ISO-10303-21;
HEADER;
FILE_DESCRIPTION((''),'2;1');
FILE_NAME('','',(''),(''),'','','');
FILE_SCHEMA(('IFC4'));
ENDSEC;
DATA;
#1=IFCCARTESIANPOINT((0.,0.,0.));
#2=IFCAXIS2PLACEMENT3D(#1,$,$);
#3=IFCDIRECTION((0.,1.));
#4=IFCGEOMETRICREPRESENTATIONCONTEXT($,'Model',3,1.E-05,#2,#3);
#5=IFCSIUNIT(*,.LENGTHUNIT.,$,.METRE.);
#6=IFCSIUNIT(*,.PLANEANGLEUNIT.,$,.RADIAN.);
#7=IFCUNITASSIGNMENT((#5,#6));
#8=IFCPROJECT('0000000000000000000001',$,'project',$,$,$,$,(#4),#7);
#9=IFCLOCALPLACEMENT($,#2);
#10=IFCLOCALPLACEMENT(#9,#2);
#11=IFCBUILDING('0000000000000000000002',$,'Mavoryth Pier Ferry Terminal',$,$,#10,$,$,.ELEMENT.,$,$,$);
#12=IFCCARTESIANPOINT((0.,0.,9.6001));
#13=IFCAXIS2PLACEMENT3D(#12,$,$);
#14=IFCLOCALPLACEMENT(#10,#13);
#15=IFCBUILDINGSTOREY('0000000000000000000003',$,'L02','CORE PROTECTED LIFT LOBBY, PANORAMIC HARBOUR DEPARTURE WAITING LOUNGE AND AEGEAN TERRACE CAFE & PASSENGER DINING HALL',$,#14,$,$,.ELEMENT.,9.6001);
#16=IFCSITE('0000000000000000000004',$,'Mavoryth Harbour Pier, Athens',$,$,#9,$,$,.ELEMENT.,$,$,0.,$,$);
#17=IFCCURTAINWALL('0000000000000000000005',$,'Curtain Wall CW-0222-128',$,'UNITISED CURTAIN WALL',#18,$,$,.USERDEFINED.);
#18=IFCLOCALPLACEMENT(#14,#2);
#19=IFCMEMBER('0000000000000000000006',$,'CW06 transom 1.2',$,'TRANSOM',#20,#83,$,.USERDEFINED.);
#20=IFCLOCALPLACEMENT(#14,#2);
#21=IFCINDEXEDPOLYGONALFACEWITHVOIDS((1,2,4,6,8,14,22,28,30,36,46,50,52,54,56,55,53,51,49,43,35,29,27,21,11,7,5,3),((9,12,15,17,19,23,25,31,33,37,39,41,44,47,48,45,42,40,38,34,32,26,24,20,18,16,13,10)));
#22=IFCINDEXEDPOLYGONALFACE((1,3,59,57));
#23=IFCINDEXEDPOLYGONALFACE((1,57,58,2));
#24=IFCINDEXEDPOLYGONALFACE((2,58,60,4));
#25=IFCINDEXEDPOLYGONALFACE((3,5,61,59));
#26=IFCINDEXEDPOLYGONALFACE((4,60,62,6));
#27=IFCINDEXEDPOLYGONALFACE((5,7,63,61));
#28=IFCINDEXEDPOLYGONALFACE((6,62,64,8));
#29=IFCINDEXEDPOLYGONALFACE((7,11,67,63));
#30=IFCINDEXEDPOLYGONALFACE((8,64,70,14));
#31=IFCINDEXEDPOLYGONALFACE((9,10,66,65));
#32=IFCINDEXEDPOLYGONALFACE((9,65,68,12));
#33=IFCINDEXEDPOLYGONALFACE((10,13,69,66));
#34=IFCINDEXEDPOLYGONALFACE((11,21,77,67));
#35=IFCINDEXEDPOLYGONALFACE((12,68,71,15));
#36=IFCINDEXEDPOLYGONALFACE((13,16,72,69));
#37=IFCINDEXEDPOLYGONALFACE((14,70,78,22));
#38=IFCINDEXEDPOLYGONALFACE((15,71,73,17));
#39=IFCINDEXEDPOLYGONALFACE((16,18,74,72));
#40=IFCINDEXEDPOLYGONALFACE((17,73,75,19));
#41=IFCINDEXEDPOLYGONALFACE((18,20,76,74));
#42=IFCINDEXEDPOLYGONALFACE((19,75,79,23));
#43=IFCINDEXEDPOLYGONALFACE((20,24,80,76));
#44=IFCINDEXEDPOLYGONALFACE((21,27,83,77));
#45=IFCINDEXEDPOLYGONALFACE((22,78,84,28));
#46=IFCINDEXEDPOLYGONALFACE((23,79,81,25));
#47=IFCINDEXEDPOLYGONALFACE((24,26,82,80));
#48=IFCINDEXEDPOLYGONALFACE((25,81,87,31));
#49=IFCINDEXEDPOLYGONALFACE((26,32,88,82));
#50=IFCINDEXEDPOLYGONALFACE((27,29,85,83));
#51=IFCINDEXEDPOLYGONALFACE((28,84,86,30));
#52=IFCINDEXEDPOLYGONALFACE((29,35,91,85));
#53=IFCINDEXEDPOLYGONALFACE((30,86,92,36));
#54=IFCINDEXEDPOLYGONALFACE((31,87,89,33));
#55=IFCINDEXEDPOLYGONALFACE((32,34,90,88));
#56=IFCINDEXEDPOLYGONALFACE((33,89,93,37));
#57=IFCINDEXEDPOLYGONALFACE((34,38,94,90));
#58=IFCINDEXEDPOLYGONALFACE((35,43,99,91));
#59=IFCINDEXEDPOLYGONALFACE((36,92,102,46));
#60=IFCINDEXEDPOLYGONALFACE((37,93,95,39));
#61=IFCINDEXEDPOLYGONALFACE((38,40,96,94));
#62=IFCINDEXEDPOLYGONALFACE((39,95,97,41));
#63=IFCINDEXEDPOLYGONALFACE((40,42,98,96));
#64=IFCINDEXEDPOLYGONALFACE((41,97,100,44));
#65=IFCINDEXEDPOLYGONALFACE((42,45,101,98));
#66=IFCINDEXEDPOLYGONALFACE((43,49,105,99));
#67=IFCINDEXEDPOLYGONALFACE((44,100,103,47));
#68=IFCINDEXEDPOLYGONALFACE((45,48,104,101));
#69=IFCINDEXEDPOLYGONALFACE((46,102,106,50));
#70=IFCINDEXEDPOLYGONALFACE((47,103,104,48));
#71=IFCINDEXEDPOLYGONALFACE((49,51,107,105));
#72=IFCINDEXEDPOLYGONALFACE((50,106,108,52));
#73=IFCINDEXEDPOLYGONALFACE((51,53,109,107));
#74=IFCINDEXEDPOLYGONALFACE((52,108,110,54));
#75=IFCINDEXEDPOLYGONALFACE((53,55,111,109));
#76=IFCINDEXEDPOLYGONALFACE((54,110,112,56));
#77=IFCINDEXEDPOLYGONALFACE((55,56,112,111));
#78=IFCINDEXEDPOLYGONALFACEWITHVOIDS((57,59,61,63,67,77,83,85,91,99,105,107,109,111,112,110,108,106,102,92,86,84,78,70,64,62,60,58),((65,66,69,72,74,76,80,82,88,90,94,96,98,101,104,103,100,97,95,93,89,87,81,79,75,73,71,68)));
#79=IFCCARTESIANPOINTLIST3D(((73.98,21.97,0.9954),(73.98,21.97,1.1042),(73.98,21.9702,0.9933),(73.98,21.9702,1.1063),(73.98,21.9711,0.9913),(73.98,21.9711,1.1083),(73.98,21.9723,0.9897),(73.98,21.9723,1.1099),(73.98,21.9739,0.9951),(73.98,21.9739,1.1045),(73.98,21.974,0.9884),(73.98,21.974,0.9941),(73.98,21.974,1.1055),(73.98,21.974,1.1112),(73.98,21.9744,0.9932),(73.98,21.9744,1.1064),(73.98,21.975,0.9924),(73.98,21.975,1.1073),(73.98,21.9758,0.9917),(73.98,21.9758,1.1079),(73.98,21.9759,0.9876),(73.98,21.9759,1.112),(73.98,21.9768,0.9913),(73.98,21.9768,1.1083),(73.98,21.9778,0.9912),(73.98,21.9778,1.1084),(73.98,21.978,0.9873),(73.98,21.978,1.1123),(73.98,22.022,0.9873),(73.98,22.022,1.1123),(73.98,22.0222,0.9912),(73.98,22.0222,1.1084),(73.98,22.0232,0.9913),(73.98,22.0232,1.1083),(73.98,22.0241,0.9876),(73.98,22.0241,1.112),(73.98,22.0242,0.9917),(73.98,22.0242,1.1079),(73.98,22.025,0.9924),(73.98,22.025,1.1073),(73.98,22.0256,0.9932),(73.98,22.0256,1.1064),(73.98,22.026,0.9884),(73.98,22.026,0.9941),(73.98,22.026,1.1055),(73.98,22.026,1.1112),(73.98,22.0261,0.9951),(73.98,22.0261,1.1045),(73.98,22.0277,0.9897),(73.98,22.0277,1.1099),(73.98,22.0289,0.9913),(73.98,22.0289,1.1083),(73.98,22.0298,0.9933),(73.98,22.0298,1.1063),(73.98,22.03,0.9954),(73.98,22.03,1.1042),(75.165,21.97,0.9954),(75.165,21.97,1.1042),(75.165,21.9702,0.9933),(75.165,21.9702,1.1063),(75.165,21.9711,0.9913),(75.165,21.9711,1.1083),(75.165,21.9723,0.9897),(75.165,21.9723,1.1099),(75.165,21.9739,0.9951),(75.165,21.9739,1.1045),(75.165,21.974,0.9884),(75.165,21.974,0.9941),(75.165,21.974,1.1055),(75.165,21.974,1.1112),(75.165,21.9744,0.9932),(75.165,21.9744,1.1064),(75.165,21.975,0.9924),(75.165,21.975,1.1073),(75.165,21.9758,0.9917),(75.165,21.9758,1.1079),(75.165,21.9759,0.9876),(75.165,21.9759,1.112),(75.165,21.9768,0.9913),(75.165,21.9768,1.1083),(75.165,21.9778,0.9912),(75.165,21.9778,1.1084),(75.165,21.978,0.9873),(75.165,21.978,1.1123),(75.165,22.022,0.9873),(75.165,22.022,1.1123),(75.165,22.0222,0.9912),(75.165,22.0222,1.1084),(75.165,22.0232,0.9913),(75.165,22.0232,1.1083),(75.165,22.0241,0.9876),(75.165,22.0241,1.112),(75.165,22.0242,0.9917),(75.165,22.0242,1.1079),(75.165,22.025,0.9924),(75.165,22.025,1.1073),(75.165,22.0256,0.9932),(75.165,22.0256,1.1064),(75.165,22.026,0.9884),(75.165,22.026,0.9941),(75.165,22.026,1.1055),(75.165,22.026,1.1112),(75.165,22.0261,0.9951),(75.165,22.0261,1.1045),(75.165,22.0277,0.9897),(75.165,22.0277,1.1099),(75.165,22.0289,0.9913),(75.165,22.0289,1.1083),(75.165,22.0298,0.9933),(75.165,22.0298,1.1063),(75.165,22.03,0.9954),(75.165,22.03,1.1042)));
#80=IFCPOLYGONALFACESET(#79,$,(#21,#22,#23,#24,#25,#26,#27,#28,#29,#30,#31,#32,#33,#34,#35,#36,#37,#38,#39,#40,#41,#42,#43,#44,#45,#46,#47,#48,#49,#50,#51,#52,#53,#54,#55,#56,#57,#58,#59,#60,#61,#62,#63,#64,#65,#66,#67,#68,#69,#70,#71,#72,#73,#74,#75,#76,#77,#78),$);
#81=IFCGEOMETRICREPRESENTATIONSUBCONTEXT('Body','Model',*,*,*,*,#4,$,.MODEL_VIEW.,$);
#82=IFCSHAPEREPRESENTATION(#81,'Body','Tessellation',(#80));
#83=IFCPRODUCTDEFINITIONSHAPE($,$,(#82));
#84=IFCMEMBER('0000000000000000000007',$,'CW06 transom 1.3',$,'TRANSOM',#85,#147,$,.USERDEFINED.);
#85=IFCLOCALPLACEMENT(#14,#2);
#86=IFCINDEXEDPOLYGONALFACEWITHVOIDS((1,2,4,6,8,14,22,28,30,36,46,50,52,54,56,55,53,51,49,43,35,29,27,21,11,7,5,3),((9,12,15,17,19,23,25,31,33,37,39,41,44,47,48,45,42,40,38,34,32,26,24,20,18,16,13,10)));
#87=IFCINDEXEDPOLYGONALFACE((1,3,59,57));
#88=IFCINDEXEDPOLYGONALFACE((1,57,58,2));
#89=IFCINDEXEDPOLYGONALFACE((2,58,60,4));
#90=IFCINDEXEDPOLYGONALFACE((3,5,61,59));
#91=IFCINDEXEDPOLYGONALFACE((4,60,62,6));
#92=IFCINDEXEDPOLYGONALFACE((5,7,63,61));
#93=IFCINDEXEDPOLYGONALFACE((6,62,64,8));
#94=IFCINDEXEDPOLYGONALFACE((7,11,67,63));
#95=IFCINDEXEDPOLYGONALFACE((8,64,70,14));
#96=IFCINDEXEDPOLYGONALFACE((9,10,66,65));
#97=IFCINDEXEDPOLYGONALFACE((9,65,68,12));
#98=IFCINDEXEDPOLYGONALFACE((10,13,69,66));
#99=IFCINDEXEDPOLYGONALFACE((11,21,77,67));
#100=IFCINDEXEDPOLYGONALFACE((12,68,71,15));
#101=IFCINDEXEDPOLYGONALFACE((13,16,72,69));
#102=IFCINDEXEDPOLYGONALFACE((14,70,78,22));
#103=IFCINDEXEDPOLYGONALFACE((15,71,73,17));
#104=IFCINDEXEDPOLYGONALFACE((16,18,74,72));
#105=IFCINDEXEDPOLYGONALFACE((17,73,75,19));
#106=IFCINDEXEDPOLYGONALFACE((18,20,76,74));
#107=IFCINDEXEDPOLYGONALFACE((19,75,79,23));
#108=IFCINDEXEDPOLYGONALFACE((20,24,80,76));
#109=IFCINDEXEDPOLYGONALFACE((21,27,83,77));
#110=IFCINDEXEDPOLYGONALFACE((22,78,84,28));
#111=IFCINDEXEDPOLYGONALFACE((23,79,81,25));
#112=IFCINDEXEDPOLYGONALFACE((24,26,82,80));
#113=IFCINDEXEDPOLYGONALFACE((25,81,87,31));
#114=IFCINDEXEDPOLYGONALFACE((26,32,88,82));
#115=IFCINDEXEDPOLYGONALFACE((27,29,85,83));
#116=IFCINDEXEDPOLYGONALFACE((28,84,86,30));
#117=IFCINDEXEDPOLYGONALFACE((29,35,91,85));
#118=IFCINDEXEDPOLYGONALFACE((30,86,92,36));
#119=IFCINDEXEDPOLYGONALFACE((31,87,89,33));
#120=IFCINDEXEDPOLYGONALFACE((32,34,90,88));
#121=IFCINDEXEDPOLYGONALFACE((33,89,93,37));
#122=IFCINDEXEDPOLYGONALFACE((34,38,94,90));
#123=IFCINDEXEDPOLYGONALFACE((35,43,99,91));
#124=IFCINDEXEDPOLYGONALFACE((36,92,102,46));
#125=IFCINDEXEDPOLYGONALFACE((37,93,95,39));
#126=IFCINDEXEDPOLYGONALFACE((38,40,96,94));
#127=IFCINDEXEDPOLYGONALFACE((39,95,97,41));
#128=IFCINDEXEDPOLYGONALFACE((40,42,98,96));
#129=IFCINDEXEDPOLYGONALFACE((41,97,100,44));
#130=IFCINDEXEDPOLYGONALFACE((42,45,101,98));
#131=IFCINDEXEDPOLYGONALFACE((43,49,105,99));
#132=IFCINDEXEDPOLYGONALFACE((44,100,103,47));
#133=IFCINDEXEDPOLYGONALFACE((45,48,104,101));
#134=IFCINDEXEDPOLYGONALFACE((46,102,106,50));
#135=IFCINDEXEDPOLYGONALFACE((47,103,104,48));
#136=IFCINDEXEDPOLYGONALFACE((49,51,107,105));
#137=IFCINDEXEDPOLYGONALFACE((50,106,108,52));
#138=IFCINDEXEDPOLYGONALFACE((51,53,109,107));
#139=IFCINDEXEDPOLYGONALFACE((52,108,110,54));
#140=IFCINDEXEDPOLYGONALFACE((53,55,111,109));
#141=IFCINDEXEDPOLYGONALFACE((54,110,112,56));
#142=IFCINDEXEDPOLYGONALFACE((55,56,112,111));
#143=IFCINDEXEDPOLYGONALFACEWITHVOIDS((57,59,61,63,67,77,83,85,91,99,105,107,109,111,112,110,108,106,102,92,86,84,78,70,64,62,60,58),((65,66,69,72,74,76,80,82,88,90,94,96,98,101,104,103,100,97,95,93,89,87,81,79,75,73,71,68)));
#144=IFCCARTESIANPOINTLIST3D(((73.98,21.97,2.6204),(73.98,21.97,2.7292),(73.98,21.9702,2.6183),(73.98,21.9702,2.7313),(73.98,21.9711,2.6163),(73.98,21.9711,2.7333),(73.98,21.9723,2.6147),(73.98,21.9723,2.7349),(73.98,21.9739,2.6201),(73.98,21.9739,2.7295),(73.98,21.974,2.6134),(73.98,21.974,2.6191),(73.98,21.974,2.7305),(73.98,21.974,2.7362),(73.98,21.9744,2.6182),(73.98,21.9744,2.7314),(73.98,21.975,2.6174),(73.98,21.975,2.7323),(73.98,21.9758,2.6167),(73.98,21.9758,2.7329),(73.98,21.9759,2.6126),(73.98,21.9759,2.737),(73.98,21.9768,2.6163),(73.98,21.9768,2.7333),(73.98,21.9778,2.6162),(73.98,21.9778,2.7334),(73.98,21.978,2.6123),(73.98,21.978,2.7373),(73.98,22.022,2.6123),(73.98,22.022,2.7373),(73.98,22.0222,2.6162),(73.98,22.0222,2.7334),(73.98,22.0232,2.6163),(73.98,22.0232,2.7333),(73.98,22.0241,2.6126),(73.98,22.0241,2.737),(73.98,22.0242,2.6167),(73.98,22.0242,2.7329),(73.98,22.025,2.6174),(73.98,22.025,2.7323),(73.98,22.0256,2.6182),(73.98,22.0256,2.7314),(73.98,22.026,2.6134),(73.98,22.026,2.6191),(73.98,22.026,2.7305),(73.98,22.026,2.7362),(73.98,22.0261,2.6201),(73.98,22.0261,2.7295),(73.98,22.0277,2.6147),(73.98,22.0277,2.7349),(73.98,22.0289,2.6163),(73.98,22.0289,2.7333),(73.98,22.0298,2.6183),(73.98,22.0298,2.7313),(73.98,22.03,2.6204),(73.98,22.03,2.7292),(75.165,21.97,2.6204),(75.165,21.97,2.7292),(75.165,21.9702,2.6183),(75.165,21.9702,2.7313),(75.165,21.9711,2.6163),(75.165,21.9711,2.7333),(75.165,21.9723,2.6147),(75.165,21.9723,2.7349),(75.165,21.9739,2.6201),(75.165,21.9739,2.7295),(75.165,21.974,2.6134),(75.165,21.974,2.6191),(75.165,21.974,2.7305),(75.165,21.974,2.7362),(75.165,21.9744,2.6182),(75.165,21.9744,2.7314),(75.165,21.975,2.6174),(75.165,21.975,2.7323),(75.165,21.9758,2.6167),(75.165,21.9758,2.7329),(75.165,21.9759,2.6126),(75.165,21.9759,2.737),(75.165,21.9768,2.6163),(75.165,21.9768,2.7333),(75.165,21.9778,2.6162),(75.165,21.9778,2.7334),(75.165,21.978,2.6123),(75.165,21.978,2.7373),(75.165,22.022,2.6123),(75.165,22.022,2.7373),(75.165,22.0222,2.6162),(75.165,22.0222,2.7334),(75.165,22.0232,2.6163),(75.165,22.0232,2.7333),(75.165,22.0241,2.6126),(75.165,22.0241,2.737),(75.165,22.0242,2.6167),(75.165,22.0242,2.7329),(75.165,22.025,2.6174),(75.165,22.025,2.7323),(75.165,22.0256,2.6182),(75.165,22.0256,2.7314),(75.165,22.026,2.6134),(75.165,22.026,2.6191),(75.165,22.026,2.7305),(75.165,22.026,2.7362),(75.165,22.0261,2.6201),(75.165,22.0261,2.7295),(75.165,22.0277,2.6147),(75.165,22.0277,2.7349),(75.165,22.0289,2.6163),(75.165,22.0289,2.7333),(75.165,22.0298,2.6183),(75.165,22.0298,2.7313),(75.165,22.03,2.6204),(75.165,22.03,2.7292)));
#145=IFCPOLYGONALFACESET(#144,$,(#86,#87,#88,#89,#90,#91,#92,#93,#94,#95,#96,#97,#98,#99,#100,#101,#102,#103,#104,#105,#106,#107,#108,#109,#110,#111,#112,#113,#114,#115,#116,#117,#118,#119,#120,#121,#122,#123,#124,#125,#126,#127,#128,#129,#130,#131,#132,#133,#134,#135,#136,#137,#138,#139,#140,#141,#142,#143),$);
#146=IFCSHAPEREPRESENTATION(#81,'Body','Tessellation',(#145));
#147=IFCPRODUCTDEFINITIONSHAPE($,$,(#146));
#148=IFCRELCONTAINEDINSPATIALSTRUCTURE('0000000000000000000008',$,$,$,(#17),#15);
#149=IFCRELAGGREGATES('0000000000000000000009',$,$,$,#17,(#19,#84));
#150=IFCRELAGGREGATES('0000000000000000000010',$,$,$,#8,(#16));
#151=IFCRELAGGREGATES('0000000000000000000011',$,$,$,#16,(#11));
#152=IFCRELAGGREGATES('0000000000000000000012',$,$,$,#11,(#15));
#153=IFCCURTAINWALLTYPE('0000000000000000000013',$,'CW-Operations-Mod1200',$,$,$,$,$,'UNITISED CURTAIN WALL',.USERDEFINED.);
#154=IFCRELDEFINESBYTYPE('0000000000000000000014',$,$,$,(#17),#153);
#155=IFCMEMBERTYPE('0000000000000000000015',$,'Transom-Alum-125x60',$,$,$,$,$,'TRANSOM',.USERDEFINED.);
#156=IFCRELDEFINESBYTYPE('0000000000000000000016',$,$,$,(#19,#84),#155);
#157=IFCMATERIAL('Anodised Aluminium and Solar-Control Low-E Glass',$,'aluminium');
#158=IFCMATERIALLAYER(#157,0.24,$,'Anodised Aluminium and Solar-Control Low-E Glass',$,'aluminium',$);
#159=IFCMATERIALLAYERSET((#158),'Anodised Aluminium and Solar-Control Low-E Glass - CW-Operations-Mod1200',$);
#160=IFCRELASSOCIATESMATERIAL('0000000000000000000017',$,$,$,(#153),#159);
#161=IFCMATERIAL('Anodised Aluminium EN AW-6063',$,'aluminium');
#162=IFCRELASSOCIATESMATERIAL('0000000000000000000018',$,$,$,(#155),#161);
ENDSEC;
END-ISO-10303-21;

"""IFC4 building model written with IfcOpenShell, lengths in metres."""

from ifc_helpers import new_model, si_unit, direction, frame, origin, origin_2d, place, context, subcontext, project, spatial, hollow_rectangle, extrude, material, layer, layer_set, material_profile, profile_set, type_object, element, aggregate, save


model = new_model("IFC4")

# Units and contexts
model_context = context("Model", 3, precision=1e-05, world=origin(), true_north=direction((0.0, 1.0)))
body_context = subcontext(model_context, "Body", "Model", "MODEL_VIEW")
ifc_project = project(units=[si_unit("LENGTHUNIT", "METRE"), si_unit("PLANEANGLEUNIT", "RADIAN")], contexts=[model_context])

# Site, building, storey
site_placement = place(None, origin())
site = spatial("IfcSite", under=ifc_project, at=site_placement, Name="Mavoryth Harbour Pier, Athens", CompositionType="ELEMENT", RefElevation=0.0)
building_placement = place(site_placement, origin())
building = spatial("IfcBuilding", under=site, at=building_placement, Name="Mavoryth Pier Ferry Terminal", CompositionType="ELEMENT")
storey_placement = place(building_placement, frame((0.0, 0.0, 9.6001)))
storey = spatial("IfcBuildingStorey", under=building, at=storey_placement, Name="L02", Description="CORE PROTECTED LIFT LOBBY, PANORAMIC HARBOUR DEPARTURE WAITING LOUNGE AND AEGEAN TERRACE CAFE & PASSENGER DINING HALL", CompositionType="ELEMENT", Elevation=9.6001)

# Curtain wall
ifc_material_1 = material(Name="Anodised Aluminium and Solar-Control Low-E Glass", Category="aluminium")
ifc_layer_1 = layer(ifc_material_1, 0.24, Name="Anodised Aluminium and Solar-Control Low-E Glass", Category="aluminium")
ifc_layer_set_1 = layer_set([ifc_layer_1], Name="Anodised Aluminium and Solar-Control Low-E Glass - CW-Operations-Mod1200")
curtain_wall_type = type_object("IfcCurtainWallType", Name="CW-Operations-Mod1200", ElementType="UNITISED CURTAIN WALL", PredefinedType="USERDEFINED", material=ifc_layer_set_1)
curtain_wall_1_placement = place(storey_placement, origin())
curtain_wall_1 = element("IfcCurtainWall", 1, at=curtain_wall_1_placement, inside=storey, type_object=curtain_wall_type, Name="Curtain Wall CW-0222-128", ObjectType="UNITISED CURTAIN WALL", PredefinedType="USERDEFINED")
ifc_material_2 = material(Name="Anodised Aluminium EN AW-6063", Category="aluminium")

# Members
ifc_material_profile_1 = material_profile(ifc_material_2, hollow_rectangle(XDim=0.0601, YDim=0.125, WallThickness=0.0039, InnerFilletRadius=0.0039, OuterFilletRadius=0.0081, at=origin_2d()), Name="AL-TRAN 125x60x4", Category="aluminium")
ifc_profile_set_1 = profile_set([ifc_material_profile_1], Name="Anodised Aluminium EN AW-6063 - AL-TRAN 125x60x4")
member_type_1 = type_object("IfcMemberType", Name="Transom-Alum-125x60", ElementType="TRANSOM", PredefinedType="USERDEFINED", material=ifc_profile_set_1)
member_1_placement = place(storey_placement, frame((75.165, 22.0, 1.0498), z_axis=(-1.0, 0.0, 0.0), x_axis=(0.0, -1.0, 0.0)))
member_1 = element("IfcMember", 2, at=member_1_placement, type_object=member_type_1, Name="CW06 transom 1.2", ObjectType="TRANSOM", PredefinedType="USERDEFINED", context=body_context, shape_type="SweptSolid", body=[
    extrude(hollow_rectangle(XDim=0.0601, YDim=0.125, WallThickness=0.0039, InnerFilletRadius=0.0039, OuterFilletRadius=0.0081, at=origin_2d()), origin(), (0.0, 0.0, 1.0), 1.1851),
])
member_2_placement = place(storey_placement, frame((75.165, 22.0, 2.6748), z_axis=(-1.0, 0.0, 0.0), x_axis=(0.0, -1.0, 0.0)))
member_2 = element("IfcMember", 3, at=member_2_placement, type_object=member_type_1, Name="CW06 transom 1.3", ObjectType="TRANSOM", PredefinedType="USERDEFINED", context=body_context, shape_type="SweptSolid", body=[
    extrude(hollow_rectangle(XDim=0.0601, YDim=0.125, WallThickness=0.0039, InnerFilletRadius=0.0039, OuterFilletRadius=0.0081, at=origin_2d()), origin(), (0.0, 0.0, 1.0), 1.1851),
])

aggregate(curtain_wall_1, [member_1, member_2])

save(model, "model.ifc")
